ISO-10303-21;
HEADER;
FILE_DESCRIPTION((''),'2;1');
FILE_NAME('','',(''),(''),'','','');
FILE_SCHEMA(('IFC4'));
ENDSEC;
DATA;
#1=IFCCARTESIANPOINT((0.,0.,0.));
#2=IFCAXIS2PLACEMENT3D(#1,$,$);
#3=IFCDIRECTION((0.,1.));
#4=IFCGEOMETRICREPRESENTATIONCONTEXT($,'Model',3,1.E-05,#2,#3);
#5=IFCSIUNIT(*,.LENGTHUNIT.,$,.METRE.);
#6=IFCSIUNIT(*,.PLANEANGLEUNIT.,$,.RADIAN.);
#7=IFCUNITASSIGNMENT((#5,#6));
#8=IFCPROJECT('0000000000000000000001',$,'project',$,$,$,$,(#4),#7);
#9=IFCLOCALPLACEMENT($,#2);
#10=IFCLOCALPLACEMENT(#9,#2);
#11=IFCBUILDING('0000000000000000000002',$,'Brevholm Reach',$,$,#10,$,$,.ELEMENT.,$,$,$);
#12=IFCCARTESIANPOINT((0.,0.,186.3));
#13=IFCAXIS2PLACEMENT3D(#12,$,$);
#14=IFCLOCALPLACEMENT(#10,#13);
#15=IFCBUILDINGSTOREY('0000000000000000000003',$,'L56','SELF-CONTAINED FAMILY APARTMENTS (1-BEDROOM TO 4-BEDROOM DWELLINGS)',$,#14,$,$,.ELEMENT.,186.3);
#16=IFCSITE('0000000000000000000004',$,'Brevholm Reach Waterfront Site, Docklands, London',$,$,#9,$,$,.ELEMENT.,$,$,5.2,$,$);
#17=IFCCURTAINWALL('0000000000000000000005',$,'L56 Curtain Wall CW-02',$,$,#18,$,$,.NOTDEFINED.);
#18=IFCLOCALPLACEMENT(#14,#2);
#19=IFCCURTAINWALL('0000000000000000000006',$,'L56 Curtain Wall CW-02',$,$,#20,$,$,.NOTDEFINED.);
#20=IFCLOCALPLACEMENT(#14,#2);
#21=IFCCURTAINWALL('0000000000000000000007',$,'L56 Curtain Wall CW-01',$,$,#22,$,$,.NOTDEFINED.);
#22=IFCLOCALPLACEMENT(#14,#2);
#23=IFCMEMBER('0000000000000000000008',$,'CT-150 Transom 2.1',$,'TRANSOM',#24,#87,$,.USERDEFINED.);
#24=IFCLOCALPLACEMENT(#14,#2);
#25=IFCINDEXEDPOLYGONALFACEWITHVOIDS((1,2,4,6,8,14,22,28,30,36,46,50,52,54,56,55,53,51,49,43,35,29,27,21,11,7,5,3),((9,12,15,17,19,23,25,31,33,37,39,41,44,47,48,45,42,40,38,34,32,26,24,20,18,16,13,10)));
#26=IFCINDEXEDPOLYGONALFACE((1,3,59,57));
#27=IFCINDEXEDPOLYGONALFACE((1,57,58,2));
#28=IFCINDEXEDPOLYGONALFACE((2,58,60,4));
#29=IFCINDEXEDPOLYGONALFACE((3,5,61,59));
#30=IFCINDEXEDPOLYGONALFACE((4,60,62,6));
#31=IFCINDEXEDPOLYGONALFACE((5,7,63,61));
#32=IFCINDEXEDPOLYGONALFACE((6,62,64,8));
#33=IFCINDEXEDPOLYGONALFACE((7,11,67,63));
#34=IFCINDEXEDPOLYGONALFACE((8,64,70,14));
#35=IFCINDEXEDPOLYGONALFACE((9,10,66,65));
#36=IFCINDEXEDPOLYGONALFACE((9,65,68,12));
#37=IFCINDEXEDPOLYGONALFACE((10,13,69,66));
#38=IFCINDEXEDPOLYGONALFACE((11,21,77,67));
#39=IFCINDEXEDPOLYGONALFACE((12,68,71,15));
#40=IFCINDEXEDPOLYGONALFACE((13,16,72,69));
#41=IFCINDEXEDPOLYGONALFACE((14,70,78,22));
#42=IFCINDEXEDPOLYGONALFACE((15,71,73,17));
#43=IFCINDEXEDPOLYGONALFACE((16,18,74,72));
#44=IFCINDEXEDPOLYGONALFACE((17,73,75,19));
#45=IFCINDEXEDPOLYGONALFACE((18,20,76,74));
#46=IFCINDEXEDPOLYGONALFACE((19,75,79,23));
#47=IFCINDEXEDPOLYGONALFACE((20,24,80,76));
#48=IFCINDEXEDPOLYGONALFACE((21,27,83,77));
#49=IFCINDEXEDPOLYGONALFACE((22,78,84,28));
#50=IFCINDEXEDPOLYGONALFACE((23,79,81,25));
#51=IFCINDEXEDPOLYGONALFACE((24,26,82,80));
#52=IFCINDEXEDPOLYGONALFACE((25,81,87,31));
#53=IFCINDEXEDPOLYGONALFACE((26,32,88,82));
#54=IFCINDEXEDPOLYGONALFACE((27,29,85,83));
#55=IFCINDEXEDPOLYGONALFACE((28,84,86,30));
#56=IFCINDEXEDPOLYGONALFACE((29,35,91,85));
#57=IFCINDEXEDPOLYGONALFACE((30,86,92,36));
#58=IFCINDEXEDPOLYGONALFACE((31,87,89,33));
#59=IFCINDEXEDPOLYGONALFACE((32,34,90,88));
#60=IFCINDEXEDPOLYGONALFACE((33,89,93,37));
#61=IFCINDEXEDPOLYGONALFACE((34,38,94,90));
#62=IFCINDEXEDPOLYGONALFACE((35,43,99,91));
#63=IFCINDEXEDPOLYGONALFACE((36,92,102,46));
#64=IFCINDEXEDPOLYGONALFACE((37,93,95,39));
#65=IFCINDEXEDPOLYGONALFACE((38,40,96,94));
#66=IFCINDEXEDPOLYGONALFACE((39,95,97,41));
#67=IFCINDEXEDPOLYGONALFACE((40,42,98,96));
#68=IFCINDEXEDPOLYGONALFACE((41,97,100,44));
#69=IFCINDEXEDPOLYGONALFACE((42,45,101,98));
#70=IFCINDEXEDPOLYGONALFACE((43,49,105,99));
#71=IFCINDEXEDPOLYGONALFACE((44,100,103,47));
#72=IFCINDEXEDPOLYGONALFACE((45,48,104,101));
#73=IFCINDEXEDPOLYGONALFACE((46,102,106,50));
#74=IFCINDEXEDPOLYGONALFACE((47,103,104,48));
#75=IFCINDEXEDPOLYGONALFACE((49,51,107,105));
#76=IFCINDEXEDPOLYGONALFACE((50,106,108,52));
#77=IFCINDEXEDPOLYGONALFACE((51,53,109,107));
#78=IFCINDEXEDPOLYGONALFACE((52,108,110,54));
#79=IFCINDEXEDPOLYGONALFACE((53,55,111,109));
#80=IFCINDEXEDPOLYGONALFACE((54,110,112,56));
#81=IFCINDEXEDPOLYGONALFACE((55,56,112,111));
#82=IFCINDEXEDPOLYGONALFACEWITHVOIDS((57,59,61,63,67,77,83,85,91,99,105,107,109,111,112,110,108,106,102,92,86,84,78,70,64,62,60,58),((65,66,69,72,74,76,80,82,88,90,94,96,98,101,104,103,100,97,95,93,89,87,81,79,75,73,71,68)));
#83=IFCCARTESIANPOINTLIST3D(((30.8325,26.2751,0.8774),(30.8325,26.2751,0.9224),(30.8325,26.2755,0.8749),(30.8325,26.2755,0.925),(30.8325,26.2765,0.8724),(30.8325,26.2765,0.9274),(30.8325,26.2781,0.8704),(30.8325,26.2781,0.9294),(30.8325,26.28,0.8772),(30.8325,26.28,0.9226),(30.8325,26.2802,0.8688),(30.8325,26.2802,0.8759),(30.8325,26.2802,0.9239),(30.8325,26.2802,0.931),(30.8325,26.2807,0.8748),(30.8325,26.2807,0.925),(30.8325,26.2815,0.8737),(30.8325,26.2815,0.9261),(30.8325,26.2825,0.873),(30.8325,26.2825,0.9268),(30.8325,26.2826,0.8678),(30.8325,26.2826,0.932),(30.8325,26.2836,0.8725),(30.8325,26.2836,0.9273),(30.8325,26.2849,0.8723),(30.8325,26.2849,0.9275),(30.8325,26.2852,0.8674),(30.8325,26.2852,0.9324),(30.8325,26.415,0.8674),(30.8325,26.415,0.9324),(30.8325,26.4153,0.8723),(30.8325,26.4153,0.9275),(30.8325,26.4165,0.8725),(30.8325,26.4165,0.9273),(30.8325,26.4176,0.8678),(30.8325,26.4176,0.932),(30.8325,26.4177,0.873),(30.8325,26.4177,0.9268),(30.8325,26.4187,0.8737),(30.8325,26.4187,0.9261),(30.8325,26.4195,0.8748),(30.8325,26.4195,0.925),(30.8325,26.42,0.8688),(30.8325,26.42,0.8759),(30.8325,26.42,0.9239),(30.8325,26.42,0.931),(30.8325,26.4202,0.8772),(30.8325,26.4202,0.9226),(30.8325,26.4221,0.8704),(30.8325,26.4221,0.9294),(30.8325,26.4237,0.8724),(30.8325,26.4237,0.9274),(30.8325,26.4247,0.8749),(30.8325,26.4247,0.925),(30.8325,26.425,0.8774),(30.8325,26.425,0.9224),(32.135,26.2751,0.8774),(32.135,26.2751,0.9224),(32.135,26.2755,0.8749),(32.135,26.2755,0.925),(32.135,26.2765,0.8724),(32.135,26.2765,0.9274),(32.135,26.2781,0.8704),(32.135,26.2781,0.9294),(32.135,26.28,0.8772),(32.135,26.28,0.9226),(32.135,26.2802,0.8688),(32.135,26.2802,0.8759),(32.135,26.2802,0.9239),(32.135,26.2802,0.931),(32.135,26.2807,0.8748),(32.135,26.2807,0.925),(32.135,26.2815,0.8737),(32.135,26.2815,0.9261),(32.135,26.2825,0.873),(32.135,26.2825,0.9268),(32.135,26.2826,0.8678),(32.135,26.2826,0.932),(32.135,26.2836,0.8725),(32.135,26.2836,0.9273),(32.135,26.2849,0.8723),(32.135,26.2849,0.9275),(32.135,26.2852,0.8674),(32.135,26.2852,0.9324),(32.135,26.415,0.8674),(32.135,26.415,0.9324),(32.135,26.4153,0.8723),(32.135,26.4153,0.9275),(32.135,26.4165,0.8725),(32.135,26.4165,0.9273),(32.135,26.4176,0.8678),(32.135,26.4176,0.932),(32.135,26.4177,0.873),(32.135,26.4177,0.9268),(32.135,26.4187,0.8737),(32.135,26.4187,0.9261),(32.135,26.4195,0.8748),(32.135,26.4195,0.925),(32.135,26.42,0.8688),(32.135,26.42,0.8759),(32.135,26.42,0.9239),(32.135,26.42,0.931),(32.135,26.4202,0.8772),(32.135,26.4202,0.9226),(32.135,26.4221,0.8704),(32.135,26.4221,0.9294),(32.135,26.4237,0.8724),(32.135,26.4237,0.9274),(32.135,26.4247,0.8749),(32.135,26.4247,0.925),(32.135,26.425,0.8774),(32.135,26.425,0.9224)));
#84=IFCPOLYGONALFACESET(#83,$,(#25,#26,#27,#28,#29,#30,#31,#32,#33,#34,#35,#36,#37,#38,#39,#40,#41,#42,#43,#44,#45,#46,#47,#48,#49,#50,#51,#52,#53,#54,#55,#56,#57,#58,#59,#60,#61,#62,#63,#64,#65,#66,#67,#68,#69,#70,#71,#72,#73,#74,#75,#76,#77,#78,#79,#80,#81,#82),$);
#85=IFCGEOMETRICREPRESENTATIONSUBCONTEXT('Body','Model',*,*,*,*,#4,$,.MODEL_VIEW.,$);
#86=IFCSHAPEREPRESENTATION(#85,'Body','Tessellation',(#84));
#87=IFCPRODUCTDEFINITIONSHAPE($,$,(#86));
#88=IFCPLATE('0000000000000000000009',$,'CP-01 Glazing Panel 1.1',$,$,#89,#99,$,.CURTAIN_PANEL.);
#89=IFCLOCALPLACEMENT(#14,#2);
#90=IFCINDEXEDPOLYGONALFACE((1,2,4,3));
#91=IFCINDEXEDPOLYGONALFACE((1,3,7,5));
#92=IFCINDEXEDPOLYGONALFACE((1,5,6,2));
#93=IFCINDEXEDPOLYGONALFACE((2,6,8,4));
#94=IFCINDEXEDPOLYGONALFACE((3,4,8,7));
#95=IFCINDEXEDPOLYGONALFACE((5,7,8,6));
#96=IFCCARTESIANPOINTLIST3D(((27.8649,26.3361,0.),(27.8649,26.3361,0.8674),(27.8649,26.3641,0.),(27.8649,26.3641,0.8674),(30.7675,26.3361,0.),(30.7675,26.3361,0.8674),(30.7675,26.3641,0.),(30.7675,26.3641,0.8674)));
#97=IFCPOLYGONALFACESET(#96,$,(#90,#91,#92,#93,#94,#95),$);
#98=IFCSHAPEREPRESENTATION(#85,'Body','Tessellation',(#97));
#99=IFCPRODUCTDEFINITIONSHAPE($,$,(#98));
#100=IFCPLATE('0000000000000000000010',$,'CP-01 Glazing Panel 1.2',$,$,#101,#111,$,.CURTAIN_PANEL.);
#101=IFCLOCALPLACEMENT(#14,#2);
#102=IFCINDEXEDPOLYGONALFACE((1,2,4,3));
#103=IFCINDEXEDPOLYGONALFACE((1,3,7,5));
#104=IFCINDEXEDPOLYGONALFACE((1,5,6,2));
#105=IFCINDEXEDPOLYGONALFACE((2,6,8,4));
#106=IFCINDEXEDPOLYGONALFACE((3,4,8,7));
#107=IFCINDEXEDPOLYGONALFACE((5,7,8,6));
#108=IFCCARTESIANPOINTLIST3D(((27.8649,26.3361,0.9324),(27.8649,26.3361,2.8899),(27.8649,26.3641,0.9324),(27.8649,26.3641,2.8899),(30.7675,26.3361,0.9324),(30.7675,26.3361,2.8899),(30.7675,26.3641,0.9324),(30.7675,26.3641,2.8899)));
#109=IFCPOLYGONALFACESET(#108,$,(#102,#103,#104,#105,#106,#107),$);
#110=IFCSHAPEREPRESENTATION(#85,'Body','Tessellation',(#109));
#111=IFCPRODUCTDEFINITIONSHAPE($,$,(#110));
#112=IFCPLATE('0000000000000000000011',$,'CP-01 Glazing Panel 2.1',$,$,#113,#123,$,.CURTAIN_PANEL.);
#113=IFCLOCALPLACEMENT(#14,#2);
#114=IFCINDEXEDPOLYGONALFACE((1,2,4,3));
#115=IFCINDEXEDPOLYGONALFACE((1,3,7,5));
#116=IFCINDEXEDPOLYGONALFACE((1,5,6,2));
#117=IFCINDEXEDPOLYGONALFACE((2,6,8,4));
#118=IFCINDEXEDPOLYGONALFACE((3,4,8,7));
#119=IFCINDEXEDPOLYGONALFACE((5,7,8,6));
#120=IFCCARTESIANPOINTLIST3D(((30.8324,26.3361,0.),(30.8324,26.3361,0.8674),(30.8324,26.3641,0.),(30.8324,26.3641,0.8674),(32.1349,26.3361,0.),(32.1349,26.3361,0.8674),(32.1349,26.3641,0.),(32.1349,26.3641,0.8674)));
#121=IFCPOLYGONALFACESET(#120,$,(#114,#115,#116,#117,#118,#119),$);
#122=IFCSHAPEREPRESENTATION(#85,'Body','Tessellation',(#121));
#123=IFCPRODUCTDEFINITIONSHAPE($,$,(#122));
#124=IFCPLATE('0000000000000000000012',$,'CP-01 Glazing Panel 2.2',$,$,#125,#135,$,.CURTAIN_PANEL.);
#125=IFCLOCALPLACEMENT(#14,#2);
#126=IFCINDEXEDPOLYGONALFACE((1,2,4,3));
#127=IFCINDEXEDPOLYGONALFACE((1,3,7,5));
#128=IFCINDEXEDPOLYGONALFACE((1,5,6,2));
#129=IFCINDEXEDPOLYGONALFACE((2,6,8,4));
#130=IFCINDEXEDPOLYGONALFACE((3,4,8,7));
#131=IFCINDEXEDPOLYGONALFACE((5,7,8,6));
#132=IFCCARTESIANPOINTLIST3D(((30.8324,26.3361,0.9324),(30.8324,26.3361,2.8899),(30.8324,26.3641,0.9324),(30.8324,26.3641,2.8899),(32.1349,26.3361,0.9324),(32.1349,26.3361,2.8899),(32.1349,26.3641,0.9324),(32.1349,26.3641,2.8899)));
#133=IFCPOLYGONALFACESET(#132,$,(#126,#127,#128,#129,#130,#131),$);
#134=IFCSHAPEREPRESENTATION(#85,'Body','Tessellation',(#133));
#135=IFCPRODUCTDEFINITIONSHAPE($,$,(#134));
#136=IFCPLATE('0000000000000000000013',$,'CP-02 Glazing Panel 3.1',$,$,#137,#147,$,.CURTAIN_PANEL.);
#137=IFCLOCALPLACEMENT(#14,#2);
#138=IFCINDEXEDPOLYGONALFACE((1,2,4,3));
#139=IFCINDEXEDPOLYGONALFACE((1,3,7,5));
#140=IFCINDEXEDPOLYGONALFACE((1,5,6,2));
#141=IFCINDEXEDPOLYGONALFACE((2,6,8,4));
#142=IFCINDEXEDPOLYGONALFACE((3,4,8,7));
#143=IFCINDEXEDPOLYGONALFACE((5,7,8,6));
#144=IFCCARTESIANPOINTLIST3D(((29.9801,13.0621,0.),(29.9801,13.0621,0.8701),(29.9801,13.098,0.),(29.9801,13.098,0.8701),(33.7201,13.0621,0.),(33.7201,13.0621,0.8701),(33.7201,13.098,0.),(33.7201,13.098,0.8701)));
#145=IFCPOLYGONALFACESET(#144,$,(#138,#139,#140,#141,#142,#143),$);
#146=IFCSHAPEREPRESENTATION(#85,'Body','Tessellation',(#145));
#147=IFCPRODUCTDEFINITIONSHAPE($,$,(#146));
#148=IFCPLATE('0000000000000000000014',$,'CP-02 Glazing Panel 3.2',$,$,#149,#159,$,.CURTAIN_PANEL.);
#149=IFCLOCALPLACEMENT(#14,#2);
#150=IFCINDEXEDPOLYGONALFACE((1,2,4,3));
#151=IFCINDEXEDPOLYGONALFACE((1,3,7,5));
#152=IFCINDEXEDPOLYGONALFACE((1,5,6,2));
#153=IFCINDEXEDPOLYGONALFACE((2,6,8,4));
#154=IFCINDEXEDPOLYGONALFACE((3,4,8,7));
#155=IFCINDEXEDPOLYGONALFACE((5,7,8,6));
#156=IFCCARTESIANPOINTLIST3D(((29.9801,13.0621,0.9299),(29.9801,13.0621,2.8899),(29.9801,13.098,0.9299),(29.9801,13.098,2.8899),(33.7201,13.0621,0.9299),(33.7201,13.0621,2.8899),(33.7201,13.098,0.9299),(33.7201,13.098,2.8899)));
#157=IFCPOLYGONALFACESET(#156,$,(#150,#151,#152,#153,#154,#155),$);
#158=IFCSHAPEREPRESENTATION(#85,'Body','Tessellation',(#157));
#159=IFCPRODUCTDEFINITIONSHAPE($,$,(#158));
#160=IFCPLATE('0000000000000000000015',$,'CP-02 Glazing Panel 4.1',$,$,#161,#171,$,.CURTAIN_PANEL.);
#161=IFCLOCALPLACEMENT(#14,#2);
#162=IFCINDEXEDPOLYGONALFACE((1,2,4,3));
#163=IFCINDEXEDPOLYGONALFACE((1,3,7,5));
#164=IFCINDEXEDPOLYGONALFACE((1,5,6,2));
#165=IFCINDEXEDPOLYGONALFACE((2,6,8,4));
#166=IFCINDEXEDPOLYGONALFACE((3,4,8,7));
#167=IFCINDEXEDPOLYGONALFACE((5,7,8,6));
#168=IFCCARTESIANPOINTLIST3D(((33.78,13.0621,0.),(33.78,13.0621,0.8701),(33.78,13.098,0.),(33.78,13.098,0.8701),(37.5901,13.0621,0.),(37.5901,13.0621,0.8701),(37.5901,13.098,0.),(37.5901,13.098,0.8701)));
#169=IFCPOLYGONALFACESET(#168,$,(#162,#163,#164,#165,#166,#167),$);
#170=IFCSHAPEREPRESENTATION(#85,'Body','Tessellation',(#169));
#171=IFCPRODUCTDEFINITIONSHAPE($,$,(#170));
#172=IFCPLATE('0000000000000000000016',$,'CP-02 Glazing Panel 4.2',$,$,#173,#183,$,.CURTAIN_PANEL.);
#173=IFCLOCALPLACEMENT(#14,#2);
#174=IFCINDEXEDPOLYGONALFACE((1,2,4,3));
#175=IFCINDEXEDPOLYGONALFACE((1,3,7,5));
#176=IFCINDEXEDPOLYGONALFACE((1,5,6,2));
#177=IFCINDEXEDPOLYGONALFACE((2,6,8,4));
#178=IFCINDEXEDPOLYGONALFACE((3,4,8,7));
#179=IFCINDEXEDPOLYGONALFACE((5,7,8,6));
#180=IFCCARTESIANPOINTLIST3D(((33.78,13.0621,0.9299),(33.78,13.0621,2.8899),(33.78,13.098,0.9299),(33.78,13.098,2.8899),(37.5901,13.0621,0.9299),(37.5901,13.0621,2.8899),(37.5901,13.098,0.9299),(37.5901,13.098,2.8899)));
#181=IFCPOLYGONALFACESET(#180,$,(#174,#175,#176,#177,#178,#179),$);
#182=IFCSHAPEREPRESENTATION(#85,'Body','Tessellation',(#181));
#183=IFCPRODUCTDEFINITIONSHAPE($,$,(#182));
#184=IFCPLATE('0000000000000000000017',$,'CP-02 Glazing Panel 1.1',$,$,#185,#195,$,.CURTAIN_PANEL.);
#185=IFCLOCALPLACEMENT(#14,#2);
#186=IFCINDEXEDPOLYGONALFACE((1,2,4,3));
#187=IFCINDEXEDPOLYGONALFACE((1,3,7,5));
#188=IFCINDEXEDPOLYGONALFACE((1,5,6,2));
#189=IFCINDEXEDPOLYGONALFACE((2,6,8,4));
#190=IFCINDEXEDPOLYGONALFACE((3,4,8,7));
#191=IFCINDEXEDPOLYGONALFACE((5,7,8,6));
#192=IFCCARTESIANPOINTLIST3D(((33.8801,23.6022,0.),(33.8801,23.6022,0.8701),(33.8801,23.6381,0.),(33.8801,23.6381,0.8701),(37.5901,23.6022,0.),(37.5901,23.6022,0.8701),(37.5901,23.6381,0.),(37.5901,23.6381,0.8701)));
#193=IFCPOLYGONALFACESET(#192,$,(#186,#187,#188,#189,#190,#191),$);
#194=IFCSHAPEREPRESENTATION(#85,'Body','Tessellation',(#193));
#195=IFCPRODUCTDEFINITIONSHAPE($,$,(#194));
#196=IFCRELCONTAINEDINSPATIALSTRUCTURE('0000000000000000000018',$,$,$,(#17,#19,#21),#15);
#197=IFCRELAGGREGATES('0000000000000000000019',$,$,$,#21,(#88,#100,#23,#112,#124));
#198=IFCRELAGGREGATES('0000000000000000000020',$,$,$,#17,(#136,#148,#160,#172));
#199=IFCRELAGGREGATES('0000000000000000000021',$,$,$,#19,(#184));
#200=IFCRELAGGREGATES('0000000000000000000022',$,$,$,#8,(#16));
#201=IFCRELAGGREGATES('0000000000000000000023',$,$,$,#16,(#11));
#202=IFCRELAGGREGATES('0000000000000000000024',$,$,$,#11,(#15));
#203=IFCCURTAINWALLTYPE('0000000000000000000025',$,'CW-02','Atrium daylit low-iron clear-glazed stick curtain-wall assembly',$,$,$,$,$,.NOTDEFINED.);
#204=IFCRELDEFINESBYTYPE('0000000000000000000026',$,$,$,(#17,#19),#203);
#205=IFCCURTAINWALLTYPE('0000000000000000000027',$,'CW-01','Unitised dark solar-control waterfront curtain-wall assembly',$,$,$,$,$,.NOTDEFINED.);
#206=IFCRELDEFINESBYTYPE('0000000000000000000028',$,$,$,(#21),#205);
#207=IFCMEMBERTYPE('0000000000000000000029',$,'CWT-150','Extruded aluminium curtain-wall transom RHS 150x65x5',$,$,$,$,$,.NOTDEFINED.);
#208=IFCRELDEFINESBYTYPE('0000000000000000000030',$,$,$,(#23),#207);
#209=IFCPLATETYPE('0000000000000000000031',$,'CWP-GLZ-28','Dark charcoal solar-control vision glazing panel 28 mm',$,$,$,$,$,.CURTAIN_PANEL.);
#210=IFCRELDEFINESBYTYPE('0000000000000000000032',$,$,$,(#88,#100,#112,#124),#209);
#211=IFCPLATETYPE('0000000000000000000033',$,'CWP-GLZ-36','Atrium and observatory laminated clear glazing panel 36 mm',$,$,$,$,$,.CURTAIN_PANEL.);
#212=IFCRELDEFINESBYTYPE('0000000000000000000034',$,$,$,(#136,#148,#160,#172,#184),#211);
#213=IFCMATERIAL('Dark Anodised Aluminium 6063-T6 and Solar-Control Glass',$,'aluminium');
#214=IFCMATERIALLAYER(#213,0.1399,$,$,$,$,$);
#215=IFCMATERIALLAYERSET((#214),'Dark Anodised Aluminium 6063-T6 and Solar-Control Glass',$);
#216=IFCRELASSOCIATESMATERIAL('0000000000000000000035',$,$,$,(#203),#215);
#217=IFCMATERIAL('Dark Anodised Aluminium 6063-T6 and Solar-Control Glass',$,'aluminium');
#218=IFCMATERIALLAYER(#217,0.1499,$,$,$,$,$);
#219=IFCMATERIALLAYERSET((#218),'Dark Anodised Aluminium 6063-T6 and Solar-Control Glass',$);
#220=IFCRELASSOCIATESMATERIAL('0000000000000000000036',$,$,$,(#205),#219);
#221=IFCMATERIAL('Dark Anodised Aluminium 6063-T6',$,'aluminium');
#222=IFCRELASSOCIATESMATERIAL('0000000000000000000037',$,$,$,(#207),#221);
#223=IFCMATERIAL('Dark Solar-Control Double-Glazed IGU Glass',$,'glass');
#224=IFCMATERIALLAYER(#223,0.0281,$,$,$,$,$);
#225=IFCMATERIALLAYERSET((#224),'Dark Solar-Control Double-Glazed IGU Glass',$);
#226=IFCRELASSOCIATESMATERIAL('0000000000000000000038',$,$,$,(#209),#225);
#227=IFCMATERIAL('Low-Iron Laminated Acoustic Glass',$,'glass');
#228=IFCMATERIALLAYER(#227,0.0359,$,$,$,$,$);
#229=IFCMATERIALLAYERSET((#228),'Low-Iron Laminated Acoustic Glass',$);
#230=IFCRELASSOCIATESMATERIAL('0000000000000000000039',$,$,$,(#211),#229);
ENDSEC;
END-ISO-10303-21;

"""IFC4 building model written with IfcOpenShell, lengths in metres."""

from ifc_helpers import new_model, si_unit, direction, frame, origin, origin_2d, place, context, subcontext, project, spatial, rectangle, hollow_rectangle, extrude, material, layer, layer_set, material_profile, profile_set, type_object, element, aggregate, save


model = new_model("IFC4")

# Units and contexts
model_context = context("Model", 3, precision=1e-05, world=origin(), true_north=direction((0.0, 1.0)))
body_context = subcontext(model_context, "Body", "Model", "MODEL_VIEW")
ifc_project = project(units=[si_unit("LENGTHUNIT", "METRE"), si_unit("PLANEANGLEUNIT", "RADIAN")], contexts=[model_context])

# Site, building, storey
site_placement = place(None, origin())
site = spatial("IfcSite", under=ifc_project, at=site_placement, Name="Brevholm Reach Waterfront Site, Docklands, London", CompositionType="ELEMENT", RefElevation=5.2)
building_placement = place(site_placement, origin())
building = spatial("IfcBuilding", under=site, at=building_placement, Name="Brevholm Reach", CompositionType="ELEMENT")
storey_placement = place(building_placement, frame((0.0, 0.0, 186.3)))
storey = spatial("IfcBuildingStorey", under=building, at=storey_placement, Name="L56", Description="SELF-CONTAINED FAMILY APARTMENTS (1-BEDROOM TO 4-BEDROOM DWELLINGS)", CompositionType="ELEMENT", Elevation=186.3)

# Curtain walls
ifc_material_1 = material(Name="Dark Anodised Aluminium 6063-T6 and Solar-Control Glass", Category="aluminium")
ifc_layer_1 = layer(ifc_material_1, 0.1399)
ifc_layer_set_1 = layer_set([ifc_layer_1], Name="Dark Anodised Aluminium 6063-T6 and Solar-Control Glass")
curtain_wall_type_1 = type_object("IfcCurtainWallType", Name="CW-02", Description="Atrium daylit low-iron clear-glazed stick curtain-wall assembly", PredefinedType="NOTDEFINED", material=ifc_layer_set_1)
curtain_wall_1_placement = place(storey_placement, origin())
curtain_wall_1 = element("IfcCurtainWall", 1, at=curtain_wall_1_placement, inside=storey, type_object=curtain_wall_type_1, Name="L56 Curtain Wall CW-02", PredefinedType="NOTDEFINED")
curtain_wall_2_placement = place(storey_placement, origin())
curtain_wall_2 = element("IfcCurtainWall", 2, at=curtain_wall_2_placement, inside=storey, type_object=curtain_wall_type_1, Name="L56 Curtain Wall CW-02", PredefinedType="NOTDEFINED")
ifc_material_2 = material(Name="Dark Anodised Aluminium 6063-T6 and Solar-Control Glass", Category="aluminium")
ifc_layer_2 = layer(ifc_material_2, 0.1499)
ifc_layer_set_2 = layer_set([ifc_layer_2], Name="Dark Anodised Aluminium 6063-T6 and Solar-Control Glass")
curtain_wall_type_2 = type_object("IfcCurtainWallType", Name="CW-01", Description="Unitised dark solar-control waterfront curtain-wall assembly", PredefinedType="NOTDEFINED", material=ifc_layer_set_2)
curtain_wall_3_placement = place(storey_placement, origin())
curtain_wall_3 = element("IfcCurtainWall", 3, at=curtain_wall_3_placement, inside=storey, type_object=curtain_wall_type_2, Name="L56 Curtain Wall CW-01", PredefinedType="NOTDEFINED")

# Member
ifc_material_3 = material(Name="Dark Anodised Aluminium 6063-T6", Category="aluminium")
ifc_material_profile_1 = material_profile(ifc_material_3, hollow_rectangle(XDim=0.0649, YDim=0.1499, WallThickness=0.0049, InnerFilletRadius=0.0049, OuterFilletRadius=0.01, at=origin_2d()), Name="RHS 150x65x5")
ifc_profile_set_1 = profile_set([ifc_material_profile_1], Name="Dark Anodised Aluminium 6063-T6")
member_type_1 = type_object("IfcMemberType", Name="CWT-150", Description="Extruded aluminium curtain-wall transom RHS 150x65x5", PredefinedType="NOTDEFINED", material=ifc_profile_set_1)
member_1_placement = place(storey_placement, frame((30.8325, 26.3501, 0.8999), z_axis=(1.0, 0.0, 0.0), x_axis=(0.0, 0.0, 1.0)))
member_1 = element("IfcMember", 4, at=member_1_placement, type_object=member_type_1, Name="CT-150 Transom 2.1", ObjectType="TRANSOM", PredefinedType="USERDEFINED", context=body_context, shape_type="SweptSolid", body=[
    extrude(hollow_rectangle(XDim=0.0649, YDim=0.1499, WallThickness=0.0049, InnerFilletRadius=0.0049, OuterFilletRadius=0.01, at=origin_2d()), origin(), (0.0, 0.0, 1.0), 1.3025),
])

# Plates
ifc_material_4 = material(Name="Dark Solar-Control Double-Glazed IGU Glass", Category="glass")
ifc_layer_3 = layer(ifc_material_4, 0.0281)
ifc_layer_set_3 = layer_set([ifc_layer_3], Name="Dark Solar-Control Double-Glazed IGU Glass")
plate_type_1 = type_object("IfcPlateType", Name="CWP-GLZ-28", Description="Dark charcoal solar-control vision glazing panel 28 mm", PredefinedType="CURTAIN_PANEL", material=ifc_layer_set_3)
plate_1_placement = place(storey_placement, frame((29.3162, 26.3501, 0.0), z_axis=(0.0, 0.0, 1.0), x_axis=(1.0, 0.0, 0.0)))
plate_1 = element("IfcPlate", 5, at=plate_1_placement, type_object=plate_type_1, Name="CP-01 Glazing Panel 1.1", PredefinedType="CURTAIN_PANEL", context=body_context, shape_type="SweptSolid", body=[
    extrude(rectangle(XDim=2.9026, YDim=0.0281, at=origin_2d()), origin(), (0.0, 0.0, 1.0), 0.8674),
])
plate_2_placement = place(storey_placement, frame((29.3162, 26.3501, 0.9324), z_axis=(0.0, 0.0, 1.0), x_axis=(1.0, 0.0, 0.0)))
plate_2 = element("IfcPlate", 6, at=plate_2_placement, type_object=plate_type_1, Name="CP-01 Glazing Panel 1.2", PredefinedType="CURTAIN_PANEL", context=body_context, shape_type="SweptSolid", body=[
    extrude(rectangle(XDim=2.9026, YDim=0.0281, at=origin_2d()), origin(), (0.0, 0.0, 1.0), 1.9575),
])
plate_3_placement = place(storey_placement, frame((31.4836, 26.3501, 0.0), z_axis=(0.0, 0.0, 1.0), x_axis=(1.0, 0.0, 0.0)))
plate_3 = element("IfcPlate", 7, at=plate_3_placement, type_object=plate_type_1, Name="CP-01 Glazing Panel 2.1", PredefinedType="CURTAIN_PANEL", context=body_context, shape_type="SweptSolid", body=[
    extrude(rectangle(XDim=1.3025, YDim=0.0281, at=origin_2d()), origin(), (0.0, 0.0, 1.0), 0.8674),
])
plate_4_placement = place(storey_placement, frame((31.4836, 26.3501, 0.9324), z_axis=(0.0, 0.0, 1.0), x_axis=(1.0, 0.0, 0.0)))
plate_4 = element("IfcPlate", 8, at=plate_4_placement, type_object=plate_type_1, Name="CP-01 Glazing Panel 2.2", PredefinedType="CURTAIN_PANEL", context=body_context, shape_type="SweptSolid", body=[
    extrude(rectangle(XDim=1.3025, YDim=0.0281, at=origin_2d()), origin(), (0.0, 0.0, 1.0), 1.9575),
])
aggregate(curtain_wall_3, [plate_1, plate_2, member_1, plate_3, plate_4])
ifc_material_5 = material(Name="Low-Iron Laminated Acoustic Glass", Category="glass")
ifc_layer_4 = layer(ifc_material_5, 0.0359)
ifc_layer_set_4 = layer_set([ifc_layer_4], Name="Low-Iron Laminated Acoustic Glass")
plate_type_2 = type_object("IfcPlateType", Name="CWP-GLZ-36", Description="Atrium and observatory laminated clear glazing panel 36 mm", PredefinedType="CURTAIN_PANEL", material=ifc_layer_set_4)
plate_5_placement = place(storey_placement, frame((31.8501, 13.0801, 0.0), z_axis=(0.0, 0.0, 1.0), x_axis=(1.0, 0.0, 0.0)))
plate_5 = element("IfcPlate", 9, at=plate_5_placement, type_object=plate_type_2, Name="CP-02 Glazing Panel 3.1", PredefinedType="CURTAIN_PANEL", context=body_context, shape_type="SweptSolid", body=[
    extrude(rectangle(XDim=3.74, YDim=0.0359, at=origin_2d()), origin(), (0.0, 0.0, 1.0), 0.8701),
])
plate_6_placement = place(storey_placement, frame((31.8501, 13.0801, 0.9299), z_axis=(0.0, 0.0, 1.0), x_axis=(1.0, 0.0, 0.0)))
plate_6 = element("IfcPlate", 10, at=plate_6_placement, type_object=plate_type_2, Name="CP-02 Glazing Panel 3.2", PredefinedType="CURTAIN_PANEL", context=body_context, shape_type="SweptSolid", body=[
    extrude(rectangle(XDim=3.74, YDim=0.0359, at=origin_2d()), origin(), (0.0, 0.0, 1.0), 1.96),
])
plate_7_placement = place(storey_placement, frame((35.6851, 13.0801, 0.0), z_axis=(0.0, 0.0, 1.0), x_axis=(1.0, 0.0, 0.0)))
plate_7 = element("IfcPlate", 11, at=plate_7_placement, type_object=plate_type_2, Name="CP-02 Glazing Panel 4.1", PredefinedType="CURTAIN_PANEL", context=body_context, shape_type="SweptSolid", body=[
    extrude(rectangle(XDim=3.8101, YDim=0.0359, at=origin_2d()), origin(), (0.0, 0.0, 1.0), 0.8701),
])
plate_8_placement = place(storey_placement, frame((35.6851, 13.0801, 0.9299), z_axis=(0.0, 0.0, 1.0), x_axis=(1.0, 0.0, 0.0)))
plate_8 = element("IfcPlate", 12, at=plate_8_placement, type_object=plate_type_2, Name="CP-02 Glazing Panel 4.2", PredefinedType="CURTAIN_PANEL", context=body_context, shape_type="SweptSolid", body=[
    extrude(rectangle(XDim=3.8101, YDim=0.0359, at=origin_2d()), origin(), (0.0, 0.0, 1.0), 1.96),
])
aggregate(curtain_wall_1, [plate_5, plate_6, plate_7, plate_8])
plate_9_placement = place(storey_placement, frame((35.7351, 23.6201, 0.0), z_axis=(0.0, 0.0, 1.0), x_axis=(-1.0, 0.0, 0.0)))
plate_9 = element("IfcPlate", 13, at=plate_9_placement, type_object=plate_type_2, Name="CP-02 Glazing Panel 1.1", PredefinedType="CURTAIN_PANEL", context=body_context, shape_type="SweptSolid", body=[
    extrude(rectangle(XDim=3.71, YDim=0.0359, at=origin_2d()), origin(), (0.0, 0.0, 1.0), 0.8701),
])
aggregate(curtain_wall_2, [plate_9])

save(model, "model.ifc")
